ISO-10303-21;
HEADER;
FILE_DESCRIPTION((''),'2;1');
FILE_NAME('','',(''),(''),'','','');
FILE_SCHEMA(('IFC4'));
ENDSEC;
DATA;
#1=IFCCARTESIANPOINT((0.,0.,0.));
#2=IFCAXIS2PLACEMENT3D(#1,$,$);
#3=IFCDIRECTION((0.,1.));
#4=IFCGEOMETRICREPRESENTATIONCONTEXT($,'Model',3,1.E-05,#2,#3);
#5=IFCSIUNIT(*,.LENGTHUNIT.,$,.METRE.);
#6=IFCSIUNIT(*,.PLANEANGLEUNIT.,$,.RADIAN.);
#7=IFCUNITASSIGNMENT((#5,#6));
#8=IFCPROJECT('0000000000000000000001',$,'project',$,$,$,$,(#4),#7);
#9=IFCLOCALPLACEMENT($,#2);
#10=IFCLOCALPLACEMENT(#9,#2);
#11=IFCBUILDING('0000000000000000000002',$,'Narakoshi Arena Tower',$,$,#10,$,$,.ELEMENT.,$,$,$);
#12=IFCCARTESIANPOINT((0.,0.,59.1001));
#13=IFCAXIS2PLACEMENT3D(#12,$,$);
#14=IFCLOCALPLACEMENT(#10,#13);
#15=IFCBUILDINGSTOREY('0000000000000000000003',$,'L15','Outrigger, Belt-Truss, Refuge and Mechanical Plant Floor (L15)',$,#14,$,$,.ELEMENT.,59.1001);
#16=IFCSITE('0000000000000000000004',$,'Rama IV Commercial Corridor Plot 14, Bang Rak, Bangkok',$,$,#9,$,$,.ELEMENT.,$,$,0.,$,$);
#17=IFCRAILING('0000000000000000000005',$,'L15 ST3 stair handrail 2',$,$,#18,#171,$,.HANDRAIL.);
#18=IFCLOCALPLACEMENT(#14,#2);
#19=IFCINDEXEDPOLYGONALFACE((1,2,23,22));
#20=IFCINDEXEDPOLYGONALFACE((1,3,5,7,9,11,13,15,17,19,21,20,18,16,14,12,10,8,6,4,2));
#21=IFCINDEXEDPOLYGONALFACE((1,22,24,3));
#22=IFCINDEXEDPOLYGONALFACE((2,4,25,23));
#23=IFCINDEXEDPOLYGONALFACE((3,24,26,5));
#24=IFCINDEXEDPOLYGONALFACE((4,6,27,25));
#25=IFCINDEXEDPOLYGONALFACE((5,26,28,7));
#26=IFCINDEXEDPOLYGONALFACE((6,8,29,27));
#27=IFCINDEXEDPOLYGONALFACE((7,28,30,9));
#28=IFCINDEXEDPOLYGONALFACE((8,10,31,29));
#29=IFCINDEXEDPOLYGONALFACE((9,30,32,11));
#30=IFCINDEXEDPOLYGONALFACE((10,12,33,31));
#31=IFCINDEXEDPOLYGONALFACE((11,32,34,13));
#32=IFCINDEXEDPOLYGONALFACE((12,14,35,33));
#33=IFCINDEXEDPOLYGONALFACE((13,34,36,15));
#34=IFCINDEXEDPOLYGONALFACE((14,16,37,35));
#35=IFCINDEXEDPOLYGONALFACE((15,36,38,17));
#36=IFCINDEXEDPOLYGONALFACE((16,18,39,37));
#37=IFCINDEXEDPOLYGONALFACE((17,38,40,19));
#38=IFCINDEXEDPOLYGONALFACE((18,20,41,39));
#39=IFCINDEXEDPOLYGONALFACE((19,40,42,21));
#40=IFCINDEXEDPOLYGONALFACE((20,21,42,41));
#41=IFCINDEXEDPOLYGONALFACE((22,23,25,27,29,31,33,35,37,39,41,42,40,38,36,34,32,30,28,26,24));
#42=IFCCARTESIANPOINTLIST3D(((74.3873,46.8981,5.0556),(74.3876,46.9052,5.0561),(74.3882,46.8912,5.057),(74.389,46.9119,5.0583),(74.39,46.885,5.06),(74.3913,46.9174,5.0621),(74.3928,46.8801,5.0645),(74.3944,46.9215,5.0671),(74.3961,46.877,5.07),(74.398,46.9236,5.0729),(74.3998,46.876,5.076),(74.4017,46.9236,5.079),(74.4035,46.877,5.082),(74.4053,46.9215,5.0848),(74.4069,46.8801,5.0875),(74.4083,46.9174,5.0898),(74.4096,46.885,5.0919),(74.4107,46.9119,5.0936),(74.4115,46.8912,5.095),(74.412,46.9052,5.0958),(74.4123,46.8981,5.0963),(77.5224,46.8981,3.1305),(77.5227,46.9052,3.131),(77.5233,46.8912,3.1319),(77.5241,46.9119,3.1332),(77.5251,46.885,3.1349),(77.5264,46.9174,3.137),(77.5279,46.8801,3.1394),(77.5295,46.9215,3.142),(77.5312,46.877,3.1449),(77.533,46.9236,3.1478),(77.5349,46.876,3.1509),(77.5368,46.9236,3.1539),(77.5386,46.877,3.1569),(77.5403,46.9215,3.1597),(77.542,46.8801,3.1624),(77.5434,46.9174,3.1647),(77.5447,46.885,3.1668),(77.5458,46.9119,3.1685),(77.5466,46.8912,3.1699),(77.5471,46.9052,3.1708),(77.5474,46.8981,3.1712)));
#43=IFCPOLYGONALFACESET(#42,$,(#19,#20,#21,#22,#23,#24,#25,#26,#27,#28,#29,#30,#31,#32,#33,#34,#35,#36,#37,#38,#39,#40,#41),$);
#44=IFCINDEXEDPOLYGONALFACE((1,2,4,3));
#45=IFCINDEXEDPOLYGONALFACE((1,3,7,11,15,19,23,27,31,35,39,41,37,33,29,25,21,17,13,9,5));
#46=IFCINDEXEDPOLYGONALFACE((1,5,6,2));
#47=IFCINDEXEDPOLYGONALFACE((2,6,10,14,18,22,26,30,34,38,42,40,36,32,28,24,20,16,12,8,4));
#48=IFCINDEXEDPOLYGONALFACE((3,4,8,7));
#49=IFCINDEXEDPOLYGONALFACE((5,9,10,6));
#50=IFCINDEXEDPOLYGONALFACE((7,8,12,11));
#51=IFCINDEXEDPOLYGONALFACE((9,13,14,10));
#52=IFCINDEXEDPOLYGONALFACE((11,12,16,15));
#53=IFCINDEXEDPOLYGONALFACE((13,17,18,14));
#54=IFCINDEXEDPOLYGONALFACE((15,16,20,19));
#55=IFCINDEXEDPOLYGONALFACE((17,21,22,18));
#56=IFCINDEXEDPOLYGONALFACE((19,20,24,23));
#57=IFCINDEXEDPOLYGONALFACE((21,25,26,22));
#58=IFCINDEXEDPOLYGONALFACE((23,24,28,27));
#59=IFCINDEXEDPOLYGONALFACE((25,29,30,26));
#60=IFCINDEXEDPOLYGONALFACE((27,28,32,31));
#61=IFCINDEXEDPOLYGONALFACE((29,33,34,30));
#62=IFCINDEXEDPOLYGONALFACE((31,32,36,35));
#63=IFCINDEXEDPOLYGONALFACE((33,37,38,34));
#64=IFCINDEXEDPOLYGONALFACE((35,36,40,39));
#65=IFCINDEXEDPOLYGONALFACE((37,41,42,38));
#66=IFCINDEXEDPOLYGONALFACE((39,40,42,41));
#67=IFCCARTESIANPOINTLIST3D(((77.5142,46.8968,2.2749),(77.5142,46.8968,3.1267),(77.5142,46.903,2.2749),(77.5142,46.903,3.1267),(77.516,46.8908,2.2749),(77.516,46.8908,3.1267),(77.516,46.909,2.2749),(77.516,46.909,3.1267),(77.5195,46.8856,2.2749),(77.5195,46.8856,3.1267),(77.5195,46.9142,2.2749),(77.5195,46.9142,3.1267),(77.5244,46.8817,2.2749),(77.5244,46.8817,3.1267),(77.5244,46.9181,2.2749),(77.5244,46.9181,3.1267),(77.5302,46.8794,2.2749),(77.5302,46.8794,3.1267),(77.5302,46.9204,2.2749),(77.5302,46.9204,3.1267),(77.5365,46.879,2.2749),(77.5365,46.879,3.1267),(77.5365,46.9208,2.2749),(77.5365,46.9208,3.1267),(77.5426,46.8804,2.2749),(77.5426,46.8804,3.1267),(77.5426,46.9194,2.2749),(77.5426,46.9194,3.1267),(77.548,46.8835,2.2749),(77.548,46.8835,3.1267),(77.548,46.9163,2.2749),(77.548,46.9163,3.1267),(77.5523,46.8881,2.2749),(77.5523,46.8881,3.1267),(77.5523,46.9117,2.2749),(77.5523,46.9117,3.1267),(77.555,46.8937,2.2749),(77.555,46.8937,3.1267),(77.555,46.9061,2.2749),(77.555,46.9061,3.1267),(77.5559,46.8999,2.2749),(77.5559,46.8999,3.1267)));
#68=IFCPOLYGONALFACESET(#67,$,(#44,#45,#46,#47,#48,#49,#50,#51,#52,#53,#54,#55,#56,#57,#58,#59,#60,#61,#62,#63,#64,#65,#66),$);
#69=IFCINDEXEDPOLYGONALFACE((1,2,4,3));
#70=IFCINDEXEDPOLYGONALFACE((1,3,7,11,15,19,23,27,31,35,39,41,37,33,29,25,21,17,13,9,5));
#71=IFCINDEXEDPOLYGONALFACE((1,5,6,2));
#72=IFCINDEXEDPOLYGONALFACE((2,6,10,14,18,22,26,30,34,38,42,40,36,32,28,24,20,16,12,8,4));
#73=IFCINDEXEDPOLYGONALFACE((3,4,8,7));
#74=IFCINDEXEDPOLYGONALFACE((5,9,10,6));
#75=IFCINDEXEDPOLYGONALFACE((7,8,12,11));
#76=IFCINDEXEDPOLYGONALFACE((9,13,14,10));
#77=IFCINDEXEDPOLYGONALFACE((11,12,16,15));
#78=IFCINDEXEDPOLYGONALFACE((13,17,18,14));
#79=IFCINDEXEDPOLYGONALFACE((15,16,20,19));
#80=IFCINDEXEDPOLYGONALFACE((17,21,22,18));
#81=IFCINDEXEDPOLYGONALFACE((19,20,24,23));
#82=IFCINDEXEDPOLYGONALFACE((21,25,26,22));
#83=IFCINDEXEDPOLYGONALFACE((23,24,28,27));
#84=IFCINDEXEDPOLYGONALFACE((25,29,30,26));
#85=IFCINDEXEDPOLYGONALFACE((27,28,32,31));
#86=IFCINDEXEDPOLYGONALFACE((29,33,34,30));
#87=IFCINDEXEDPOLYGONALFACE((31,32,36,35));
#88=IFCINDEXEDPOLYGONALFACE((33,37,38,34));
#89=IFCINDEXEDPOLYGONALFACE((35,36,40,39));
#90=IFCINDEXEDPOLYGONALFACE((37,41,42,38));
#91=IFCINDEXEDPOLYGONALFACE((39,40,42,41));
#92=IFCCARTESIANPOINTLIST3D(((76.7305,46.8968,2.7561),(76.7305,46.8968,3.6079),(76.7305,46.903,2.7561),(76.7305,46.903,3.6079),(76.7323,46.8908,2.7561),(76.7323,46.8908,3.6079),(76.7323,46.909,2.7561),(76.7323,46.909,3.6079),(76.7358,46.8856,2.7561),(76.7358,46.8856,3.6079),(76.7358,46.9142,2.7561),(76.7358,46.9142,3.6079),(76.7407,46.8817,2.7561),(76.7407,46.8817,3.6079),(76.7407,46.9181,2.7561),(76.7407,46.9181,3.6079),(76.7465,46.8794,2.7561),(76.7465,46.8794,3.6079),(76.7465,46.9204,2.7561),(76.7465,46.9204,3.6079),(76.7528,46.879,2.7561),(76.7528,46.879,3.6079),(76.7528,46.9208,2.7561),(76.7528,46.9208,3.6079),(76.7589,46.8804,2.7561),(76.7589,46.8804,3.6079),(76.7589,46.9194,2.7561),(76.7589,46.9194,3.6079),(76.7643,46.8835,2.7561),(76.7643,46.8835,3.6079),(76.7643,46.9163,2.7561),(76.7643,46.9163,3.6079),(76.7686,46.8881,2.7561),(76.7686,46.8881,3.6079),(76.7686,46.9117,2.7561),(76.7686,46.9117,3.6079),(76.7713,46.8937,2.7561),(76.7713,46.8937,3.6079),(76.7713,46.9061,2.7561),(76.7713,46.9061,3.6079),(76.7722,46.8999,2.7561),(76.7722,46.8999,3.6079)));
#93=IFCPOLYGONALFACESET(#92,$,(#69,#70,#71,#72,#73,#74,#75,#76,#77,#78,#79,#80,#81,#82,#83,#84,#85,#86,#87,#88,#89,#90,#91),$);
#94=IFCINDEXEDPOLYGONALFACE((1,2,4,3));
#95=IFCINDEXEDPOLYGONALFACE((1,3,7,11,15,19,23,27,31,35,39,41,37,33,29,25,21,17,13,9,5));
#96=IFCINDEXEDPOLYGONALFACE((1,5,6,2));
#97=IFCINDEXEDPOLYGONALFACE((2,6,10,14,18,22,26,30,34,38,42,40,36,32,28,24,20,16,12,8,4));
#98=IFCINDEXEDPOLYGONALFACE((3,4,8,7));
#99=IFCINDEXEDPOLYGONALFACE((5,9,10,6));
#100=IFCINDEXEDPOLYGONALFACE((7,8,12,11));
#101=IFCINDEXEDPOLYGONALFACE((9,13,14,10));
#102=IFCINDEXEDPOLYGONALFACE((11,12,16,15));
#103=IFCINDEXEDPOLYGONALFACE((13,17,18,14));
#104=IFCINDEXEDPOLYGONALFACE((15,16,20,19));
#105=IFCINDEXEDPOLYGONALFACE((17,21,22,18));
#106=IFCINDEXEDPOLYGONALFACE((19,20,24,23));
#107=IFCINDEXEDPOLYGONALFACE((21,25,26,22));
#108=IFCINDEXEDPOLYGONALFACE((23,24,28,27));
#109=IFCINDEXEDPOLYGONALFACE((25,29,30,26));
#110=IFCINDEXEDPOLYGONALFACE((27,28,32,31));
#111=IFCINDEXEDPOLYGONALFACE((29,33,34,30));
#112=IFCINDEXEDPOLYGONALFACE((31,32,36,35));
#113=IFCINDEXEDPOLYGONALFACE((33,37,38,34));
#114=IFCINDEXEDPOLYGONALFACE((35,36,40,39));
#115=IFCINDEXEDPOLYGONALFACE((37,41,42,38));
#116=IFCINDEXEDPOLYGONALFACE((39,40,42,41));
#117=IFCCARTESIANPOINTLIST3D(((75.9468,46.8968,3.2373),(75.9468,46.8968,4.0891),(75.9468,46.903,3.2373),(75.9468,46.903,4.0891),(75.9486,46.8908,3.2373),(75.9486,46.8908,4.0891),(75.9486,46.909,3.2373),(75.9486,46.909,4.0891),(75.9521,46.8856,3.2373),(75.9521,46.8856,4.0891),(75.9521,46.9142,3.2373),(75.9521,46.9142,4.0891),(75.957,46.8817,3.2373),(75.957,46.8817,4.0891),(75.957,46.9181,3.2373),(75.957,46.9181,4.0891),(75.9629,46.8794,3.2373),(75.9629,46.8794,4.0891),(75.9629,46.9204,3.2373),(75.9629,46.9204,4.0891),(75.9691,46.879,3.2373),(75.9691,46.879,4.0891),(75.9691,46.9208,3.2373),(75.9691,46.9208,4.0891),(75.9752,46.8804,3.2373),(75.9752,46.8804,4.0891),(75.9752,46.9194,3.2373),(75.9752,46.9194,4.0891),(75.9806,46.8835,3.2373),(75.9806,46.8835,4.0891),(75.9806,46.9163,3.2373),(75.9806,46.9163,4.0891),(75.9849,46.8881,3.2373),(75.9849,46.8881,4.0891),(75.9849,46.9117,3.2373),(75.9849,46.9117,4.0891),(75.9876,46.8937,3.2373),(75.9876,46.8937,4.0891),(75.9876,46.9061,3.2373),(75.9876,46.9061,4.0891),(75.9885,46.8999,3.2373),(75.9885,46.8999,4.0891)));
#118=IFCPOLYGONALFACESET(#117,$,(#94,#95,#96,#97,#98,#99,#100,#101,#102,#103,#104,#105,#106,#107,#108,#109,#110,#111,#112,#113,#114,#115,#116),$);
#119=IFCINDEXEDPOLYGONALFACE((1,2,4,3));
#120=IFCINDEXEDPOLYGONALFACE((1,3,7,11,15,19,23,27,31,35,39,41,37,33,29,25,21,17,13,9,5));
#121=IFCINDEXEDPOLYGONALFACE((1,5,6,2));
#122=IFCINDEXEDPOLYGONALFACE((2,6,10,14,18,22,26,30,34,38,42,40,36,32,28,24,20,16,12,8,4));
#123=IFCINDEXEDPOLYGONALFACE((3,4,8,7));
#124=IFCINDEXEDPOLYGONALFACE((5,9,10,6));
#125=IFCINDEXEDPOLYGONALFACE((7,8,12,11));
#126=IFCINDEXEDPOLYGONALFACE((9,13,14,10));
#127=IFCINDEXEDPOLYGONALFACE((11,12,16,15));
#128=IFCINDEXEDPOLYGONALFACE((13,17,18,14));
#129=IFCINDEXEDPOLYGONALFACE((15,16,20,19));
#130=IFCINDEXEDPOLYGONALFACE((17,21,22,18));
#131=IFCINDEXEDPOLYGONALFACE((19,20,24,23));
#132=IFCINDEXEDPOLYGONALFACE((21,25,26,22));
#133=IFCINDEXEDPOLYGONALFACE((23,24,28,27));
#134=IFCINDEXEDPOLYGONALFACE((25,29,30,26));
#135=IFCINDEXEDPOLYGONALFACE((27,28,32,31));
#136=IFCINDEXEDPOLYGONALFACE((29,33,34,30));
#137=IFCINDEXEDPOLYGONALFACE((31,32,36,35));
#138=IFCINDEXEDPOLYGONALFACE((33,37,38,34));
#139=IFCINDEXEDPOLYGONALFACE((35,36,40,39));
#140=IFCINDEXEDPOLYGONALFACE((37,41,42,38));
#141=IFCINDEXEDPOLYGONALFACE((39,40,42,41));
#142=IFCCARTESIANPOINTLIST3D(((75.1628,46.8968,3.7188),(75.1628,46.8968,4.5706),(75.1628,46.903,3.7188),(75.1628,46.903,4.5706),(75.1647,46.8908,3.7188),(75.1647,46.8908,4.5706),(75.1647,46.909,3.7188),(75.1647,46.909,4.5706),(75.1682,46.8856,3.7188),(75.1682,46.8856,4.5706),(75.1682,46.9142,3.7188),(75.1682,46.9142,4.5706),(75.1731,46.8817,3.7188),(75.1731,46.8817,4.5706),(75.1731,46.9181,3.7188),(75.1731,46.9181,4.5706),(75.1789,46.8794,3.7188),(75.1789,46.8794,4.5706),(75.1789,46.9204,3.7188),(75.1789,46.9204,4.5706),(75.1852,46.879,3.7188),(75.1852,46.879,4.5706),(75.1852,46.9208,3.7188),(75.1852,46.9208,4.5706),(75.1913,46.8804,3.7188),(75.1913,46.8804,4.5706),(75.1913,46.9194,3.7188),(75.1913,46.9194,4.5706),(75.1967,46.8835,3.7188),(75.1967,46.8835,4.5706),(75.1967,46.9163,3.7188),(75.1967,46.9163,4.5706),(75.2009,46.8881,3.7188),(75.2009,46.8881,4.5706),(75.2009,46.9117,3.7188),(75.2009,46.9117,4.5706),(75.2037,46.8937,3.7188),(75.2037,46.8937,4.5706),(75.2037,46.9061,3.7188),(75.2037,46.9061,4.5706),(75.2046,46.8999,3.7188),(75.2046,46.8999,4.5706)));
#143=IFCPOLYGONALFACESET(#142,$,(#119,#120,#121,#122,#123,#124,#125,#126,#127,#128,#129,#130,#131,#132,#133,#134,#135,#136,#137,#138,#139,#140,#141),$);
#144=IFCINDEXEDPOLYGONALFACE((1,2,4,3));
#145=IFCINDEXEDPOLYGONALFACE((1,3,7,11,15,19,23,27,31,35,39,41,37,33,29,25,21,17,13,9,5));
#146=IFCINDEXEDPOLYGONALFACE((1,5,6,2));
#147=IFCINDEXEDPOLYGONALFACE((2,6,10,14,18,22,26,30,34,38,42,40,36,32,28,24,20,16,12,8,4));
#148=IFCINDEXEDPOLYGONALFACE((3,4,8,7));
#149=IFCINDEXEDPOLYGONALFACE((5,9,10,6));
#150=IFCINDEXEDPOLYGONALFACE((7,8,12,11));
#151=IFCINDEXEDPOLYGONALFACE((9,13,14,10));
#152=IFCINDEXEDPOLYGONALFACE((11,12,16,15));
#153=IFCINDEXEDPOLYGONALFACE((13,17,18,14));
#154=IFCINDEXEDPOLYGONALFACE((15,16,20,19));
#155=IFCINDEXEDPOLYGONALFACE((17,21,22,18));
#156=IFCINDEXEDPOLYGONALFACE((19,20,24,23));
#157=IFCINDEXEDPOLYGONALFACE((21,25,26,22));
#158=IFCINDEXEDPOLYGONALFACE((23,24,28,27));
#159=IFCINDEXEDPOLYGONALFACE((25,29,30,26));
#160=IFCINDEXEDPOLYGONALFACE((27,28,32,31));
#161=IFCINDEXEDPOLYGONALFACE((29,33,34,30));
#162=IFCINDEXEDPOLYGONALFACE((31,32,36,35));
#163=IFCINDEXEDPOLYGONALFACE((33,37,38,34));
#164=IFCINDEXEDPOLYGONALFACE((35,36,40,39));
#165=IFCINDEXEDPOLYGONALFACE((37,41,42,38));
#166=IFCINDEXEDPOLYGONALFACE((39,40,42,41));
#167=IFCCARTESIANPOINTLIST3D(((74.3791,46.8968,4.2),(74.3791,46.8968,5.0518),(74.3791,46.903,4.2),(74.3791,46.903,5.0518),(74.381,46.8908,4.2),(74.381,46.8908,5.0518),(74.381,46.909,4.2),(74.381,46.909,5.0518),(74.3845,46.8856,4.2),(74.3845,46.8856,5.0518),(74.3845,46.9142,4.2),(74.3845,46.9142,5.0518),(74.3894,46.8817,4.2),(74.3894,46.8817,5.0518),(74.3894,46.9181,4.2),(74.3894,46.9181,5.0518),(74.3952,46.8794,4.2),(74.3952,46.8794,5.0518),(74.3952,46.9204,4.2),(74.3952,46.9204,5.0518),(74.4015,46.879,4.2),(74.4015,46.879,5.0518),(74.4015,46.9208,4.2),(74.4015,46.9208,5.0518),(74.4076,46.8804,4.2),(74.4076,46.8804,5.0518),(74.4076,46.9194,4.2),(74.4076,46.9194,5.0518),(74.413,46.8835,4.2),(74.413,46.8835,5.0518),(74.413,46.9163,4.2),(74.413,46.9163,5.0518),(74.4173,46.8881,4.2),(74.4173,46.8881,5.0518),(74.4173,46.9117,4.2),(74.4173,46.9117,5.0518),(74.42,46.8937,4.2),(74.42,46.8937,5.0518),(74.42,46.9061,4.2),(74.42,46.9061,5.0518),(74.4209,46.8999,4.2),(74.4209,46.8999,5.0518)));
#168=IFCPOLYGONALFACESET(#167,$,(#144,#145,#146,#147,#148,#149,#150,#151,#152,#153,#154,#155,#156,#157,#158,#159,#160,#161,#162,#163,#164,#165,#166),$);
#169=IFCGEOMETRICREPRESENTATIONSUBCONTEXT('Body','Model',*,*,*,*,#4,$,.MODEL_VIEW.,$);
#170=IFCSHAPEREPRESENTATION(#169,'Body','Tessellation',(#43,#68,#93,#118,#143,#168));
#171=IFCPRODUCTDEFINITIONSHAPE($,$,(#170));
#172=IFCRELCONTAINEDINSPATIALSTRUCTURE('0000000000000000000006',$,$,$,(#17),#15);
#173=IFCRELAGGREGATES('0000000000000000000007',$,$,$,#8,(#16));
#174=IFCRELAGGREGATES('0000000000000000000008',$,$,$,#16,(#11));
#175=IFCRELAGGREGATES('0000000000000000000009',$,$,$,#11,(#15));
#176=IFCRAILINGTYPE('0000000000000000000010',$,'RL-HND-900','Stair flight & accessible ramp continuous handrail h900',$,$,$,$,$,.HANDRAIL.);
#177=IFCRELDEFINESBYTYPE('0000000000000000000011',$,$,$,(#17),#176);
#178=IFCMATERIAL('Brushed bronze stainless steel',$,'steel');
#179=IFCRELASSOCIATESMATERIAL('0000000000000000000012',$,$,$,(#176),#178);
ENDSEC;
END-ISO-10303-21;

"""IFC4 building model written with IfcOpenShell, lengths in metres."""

from ifc_helpers import new_model, si_unit, direction, frame, origin, origin_2d, place, context, subcontext, project, spatial, circle, extrude, material, type_object, element, save


model = new_model("IFC4")

# Units and contexts
model_context = context("Model", 3, precision=1e-05, world=origin(), true_north=direction((0.0, 1.0)))
body_context = subcontext(model_context, "Body", "Model", "MODEL_VIEW")
ifc_project = project(units=[si_unit("LENGTHUNIT", "METRE"), si_unit("PLANEANGLEUNIT", "RADIAN")], contexts=[model_context])

# Site, building, storey
site_placement = place(None, origin())
site = spatial("IfcSite", under=ifc_project, at=site_placement, Name="Rama IV Commercial Corridor Plot 14, Bang Rak, Bangkok", CompositionType="ELEMENT", RefElevation=0.0)
building_placement = place(site_placement, origin())
building = spatial("IfcBuilding", under=site, at=building_placement, Name="Narakoshi Arena Tower", CompositionType="ELEMENT")
storey_placement = place(building_placement, frame((0.0, 0.0, 59.1001)))
storey = spatial("IfcBuildingStorey", under=building, at=storey_placement, Name="L15", Description="Outrigger, Belt-Truss, Refuge and Mechanical Plant Floor (L15)", CompositionType="ELEMENT", Elevation=59.1001)

# Shared definitions
ifc_material_1 = material(Name="Brushed bronze stainless steel", Category="steel")

# Railing
railing_type_1 = type_object("IfcRailingType", Name="RL-HND-900", Description="Stair flight & accessible ramp continuous handrail h900", PredefinedType="HANDRAIL", material=ifc_material_1)
railing_1_placement = place(storey_placement, frame((77.5349, 46.8999, 2.2749)))
element("IfcRailing", 1, at=railing_1_placement, inside=storey, type_object=railing_type_1, Name="L15 ST3 stair handrail 2", PredefinedType="HANDRAIL", context=body_context, shape_type="SweptSolid", body=[
    extrude(circle(Radius=0.0239, at=origin_2d()), frame((0.0, 0.0, 0.876), z_axis=(-0.852166, 0.0, 0.523271), x_axis=(0.0, -1.0, 0.0)), (0.0, 0.0, 1.0), 3.679),
    extrude(circle(Radius=0.021, at=origin_2d()), origin(), (0.0, 0.0, 1.0), 0.8518),
    extrude(circle(Radius=0.021, at=origin_2d()), frame((-0.7837, 0.0, 0.4812)), (0.0, 0.0, 1.0), 0.8518),
    extrude(circle(Radius=0.021, at=origin_2d()), frame((-1.5674, 0.0, 0.9624)), (0.0, 0.0, 1.0), 0.8518),
    extrude(circle(Radius=0.021, at=origin_2d()), frame((-2.3513, 0.0, 1.4438)), (0.0, 0.0, 1.0), 0.8518),
    extrude(circle(Radius=0.021, at=origin_2d()), frame((-3.135, 0.0, 1.925)), (0.0, 0.0, 1.0), 0.8518),
])

save(model, "model.ifc")
